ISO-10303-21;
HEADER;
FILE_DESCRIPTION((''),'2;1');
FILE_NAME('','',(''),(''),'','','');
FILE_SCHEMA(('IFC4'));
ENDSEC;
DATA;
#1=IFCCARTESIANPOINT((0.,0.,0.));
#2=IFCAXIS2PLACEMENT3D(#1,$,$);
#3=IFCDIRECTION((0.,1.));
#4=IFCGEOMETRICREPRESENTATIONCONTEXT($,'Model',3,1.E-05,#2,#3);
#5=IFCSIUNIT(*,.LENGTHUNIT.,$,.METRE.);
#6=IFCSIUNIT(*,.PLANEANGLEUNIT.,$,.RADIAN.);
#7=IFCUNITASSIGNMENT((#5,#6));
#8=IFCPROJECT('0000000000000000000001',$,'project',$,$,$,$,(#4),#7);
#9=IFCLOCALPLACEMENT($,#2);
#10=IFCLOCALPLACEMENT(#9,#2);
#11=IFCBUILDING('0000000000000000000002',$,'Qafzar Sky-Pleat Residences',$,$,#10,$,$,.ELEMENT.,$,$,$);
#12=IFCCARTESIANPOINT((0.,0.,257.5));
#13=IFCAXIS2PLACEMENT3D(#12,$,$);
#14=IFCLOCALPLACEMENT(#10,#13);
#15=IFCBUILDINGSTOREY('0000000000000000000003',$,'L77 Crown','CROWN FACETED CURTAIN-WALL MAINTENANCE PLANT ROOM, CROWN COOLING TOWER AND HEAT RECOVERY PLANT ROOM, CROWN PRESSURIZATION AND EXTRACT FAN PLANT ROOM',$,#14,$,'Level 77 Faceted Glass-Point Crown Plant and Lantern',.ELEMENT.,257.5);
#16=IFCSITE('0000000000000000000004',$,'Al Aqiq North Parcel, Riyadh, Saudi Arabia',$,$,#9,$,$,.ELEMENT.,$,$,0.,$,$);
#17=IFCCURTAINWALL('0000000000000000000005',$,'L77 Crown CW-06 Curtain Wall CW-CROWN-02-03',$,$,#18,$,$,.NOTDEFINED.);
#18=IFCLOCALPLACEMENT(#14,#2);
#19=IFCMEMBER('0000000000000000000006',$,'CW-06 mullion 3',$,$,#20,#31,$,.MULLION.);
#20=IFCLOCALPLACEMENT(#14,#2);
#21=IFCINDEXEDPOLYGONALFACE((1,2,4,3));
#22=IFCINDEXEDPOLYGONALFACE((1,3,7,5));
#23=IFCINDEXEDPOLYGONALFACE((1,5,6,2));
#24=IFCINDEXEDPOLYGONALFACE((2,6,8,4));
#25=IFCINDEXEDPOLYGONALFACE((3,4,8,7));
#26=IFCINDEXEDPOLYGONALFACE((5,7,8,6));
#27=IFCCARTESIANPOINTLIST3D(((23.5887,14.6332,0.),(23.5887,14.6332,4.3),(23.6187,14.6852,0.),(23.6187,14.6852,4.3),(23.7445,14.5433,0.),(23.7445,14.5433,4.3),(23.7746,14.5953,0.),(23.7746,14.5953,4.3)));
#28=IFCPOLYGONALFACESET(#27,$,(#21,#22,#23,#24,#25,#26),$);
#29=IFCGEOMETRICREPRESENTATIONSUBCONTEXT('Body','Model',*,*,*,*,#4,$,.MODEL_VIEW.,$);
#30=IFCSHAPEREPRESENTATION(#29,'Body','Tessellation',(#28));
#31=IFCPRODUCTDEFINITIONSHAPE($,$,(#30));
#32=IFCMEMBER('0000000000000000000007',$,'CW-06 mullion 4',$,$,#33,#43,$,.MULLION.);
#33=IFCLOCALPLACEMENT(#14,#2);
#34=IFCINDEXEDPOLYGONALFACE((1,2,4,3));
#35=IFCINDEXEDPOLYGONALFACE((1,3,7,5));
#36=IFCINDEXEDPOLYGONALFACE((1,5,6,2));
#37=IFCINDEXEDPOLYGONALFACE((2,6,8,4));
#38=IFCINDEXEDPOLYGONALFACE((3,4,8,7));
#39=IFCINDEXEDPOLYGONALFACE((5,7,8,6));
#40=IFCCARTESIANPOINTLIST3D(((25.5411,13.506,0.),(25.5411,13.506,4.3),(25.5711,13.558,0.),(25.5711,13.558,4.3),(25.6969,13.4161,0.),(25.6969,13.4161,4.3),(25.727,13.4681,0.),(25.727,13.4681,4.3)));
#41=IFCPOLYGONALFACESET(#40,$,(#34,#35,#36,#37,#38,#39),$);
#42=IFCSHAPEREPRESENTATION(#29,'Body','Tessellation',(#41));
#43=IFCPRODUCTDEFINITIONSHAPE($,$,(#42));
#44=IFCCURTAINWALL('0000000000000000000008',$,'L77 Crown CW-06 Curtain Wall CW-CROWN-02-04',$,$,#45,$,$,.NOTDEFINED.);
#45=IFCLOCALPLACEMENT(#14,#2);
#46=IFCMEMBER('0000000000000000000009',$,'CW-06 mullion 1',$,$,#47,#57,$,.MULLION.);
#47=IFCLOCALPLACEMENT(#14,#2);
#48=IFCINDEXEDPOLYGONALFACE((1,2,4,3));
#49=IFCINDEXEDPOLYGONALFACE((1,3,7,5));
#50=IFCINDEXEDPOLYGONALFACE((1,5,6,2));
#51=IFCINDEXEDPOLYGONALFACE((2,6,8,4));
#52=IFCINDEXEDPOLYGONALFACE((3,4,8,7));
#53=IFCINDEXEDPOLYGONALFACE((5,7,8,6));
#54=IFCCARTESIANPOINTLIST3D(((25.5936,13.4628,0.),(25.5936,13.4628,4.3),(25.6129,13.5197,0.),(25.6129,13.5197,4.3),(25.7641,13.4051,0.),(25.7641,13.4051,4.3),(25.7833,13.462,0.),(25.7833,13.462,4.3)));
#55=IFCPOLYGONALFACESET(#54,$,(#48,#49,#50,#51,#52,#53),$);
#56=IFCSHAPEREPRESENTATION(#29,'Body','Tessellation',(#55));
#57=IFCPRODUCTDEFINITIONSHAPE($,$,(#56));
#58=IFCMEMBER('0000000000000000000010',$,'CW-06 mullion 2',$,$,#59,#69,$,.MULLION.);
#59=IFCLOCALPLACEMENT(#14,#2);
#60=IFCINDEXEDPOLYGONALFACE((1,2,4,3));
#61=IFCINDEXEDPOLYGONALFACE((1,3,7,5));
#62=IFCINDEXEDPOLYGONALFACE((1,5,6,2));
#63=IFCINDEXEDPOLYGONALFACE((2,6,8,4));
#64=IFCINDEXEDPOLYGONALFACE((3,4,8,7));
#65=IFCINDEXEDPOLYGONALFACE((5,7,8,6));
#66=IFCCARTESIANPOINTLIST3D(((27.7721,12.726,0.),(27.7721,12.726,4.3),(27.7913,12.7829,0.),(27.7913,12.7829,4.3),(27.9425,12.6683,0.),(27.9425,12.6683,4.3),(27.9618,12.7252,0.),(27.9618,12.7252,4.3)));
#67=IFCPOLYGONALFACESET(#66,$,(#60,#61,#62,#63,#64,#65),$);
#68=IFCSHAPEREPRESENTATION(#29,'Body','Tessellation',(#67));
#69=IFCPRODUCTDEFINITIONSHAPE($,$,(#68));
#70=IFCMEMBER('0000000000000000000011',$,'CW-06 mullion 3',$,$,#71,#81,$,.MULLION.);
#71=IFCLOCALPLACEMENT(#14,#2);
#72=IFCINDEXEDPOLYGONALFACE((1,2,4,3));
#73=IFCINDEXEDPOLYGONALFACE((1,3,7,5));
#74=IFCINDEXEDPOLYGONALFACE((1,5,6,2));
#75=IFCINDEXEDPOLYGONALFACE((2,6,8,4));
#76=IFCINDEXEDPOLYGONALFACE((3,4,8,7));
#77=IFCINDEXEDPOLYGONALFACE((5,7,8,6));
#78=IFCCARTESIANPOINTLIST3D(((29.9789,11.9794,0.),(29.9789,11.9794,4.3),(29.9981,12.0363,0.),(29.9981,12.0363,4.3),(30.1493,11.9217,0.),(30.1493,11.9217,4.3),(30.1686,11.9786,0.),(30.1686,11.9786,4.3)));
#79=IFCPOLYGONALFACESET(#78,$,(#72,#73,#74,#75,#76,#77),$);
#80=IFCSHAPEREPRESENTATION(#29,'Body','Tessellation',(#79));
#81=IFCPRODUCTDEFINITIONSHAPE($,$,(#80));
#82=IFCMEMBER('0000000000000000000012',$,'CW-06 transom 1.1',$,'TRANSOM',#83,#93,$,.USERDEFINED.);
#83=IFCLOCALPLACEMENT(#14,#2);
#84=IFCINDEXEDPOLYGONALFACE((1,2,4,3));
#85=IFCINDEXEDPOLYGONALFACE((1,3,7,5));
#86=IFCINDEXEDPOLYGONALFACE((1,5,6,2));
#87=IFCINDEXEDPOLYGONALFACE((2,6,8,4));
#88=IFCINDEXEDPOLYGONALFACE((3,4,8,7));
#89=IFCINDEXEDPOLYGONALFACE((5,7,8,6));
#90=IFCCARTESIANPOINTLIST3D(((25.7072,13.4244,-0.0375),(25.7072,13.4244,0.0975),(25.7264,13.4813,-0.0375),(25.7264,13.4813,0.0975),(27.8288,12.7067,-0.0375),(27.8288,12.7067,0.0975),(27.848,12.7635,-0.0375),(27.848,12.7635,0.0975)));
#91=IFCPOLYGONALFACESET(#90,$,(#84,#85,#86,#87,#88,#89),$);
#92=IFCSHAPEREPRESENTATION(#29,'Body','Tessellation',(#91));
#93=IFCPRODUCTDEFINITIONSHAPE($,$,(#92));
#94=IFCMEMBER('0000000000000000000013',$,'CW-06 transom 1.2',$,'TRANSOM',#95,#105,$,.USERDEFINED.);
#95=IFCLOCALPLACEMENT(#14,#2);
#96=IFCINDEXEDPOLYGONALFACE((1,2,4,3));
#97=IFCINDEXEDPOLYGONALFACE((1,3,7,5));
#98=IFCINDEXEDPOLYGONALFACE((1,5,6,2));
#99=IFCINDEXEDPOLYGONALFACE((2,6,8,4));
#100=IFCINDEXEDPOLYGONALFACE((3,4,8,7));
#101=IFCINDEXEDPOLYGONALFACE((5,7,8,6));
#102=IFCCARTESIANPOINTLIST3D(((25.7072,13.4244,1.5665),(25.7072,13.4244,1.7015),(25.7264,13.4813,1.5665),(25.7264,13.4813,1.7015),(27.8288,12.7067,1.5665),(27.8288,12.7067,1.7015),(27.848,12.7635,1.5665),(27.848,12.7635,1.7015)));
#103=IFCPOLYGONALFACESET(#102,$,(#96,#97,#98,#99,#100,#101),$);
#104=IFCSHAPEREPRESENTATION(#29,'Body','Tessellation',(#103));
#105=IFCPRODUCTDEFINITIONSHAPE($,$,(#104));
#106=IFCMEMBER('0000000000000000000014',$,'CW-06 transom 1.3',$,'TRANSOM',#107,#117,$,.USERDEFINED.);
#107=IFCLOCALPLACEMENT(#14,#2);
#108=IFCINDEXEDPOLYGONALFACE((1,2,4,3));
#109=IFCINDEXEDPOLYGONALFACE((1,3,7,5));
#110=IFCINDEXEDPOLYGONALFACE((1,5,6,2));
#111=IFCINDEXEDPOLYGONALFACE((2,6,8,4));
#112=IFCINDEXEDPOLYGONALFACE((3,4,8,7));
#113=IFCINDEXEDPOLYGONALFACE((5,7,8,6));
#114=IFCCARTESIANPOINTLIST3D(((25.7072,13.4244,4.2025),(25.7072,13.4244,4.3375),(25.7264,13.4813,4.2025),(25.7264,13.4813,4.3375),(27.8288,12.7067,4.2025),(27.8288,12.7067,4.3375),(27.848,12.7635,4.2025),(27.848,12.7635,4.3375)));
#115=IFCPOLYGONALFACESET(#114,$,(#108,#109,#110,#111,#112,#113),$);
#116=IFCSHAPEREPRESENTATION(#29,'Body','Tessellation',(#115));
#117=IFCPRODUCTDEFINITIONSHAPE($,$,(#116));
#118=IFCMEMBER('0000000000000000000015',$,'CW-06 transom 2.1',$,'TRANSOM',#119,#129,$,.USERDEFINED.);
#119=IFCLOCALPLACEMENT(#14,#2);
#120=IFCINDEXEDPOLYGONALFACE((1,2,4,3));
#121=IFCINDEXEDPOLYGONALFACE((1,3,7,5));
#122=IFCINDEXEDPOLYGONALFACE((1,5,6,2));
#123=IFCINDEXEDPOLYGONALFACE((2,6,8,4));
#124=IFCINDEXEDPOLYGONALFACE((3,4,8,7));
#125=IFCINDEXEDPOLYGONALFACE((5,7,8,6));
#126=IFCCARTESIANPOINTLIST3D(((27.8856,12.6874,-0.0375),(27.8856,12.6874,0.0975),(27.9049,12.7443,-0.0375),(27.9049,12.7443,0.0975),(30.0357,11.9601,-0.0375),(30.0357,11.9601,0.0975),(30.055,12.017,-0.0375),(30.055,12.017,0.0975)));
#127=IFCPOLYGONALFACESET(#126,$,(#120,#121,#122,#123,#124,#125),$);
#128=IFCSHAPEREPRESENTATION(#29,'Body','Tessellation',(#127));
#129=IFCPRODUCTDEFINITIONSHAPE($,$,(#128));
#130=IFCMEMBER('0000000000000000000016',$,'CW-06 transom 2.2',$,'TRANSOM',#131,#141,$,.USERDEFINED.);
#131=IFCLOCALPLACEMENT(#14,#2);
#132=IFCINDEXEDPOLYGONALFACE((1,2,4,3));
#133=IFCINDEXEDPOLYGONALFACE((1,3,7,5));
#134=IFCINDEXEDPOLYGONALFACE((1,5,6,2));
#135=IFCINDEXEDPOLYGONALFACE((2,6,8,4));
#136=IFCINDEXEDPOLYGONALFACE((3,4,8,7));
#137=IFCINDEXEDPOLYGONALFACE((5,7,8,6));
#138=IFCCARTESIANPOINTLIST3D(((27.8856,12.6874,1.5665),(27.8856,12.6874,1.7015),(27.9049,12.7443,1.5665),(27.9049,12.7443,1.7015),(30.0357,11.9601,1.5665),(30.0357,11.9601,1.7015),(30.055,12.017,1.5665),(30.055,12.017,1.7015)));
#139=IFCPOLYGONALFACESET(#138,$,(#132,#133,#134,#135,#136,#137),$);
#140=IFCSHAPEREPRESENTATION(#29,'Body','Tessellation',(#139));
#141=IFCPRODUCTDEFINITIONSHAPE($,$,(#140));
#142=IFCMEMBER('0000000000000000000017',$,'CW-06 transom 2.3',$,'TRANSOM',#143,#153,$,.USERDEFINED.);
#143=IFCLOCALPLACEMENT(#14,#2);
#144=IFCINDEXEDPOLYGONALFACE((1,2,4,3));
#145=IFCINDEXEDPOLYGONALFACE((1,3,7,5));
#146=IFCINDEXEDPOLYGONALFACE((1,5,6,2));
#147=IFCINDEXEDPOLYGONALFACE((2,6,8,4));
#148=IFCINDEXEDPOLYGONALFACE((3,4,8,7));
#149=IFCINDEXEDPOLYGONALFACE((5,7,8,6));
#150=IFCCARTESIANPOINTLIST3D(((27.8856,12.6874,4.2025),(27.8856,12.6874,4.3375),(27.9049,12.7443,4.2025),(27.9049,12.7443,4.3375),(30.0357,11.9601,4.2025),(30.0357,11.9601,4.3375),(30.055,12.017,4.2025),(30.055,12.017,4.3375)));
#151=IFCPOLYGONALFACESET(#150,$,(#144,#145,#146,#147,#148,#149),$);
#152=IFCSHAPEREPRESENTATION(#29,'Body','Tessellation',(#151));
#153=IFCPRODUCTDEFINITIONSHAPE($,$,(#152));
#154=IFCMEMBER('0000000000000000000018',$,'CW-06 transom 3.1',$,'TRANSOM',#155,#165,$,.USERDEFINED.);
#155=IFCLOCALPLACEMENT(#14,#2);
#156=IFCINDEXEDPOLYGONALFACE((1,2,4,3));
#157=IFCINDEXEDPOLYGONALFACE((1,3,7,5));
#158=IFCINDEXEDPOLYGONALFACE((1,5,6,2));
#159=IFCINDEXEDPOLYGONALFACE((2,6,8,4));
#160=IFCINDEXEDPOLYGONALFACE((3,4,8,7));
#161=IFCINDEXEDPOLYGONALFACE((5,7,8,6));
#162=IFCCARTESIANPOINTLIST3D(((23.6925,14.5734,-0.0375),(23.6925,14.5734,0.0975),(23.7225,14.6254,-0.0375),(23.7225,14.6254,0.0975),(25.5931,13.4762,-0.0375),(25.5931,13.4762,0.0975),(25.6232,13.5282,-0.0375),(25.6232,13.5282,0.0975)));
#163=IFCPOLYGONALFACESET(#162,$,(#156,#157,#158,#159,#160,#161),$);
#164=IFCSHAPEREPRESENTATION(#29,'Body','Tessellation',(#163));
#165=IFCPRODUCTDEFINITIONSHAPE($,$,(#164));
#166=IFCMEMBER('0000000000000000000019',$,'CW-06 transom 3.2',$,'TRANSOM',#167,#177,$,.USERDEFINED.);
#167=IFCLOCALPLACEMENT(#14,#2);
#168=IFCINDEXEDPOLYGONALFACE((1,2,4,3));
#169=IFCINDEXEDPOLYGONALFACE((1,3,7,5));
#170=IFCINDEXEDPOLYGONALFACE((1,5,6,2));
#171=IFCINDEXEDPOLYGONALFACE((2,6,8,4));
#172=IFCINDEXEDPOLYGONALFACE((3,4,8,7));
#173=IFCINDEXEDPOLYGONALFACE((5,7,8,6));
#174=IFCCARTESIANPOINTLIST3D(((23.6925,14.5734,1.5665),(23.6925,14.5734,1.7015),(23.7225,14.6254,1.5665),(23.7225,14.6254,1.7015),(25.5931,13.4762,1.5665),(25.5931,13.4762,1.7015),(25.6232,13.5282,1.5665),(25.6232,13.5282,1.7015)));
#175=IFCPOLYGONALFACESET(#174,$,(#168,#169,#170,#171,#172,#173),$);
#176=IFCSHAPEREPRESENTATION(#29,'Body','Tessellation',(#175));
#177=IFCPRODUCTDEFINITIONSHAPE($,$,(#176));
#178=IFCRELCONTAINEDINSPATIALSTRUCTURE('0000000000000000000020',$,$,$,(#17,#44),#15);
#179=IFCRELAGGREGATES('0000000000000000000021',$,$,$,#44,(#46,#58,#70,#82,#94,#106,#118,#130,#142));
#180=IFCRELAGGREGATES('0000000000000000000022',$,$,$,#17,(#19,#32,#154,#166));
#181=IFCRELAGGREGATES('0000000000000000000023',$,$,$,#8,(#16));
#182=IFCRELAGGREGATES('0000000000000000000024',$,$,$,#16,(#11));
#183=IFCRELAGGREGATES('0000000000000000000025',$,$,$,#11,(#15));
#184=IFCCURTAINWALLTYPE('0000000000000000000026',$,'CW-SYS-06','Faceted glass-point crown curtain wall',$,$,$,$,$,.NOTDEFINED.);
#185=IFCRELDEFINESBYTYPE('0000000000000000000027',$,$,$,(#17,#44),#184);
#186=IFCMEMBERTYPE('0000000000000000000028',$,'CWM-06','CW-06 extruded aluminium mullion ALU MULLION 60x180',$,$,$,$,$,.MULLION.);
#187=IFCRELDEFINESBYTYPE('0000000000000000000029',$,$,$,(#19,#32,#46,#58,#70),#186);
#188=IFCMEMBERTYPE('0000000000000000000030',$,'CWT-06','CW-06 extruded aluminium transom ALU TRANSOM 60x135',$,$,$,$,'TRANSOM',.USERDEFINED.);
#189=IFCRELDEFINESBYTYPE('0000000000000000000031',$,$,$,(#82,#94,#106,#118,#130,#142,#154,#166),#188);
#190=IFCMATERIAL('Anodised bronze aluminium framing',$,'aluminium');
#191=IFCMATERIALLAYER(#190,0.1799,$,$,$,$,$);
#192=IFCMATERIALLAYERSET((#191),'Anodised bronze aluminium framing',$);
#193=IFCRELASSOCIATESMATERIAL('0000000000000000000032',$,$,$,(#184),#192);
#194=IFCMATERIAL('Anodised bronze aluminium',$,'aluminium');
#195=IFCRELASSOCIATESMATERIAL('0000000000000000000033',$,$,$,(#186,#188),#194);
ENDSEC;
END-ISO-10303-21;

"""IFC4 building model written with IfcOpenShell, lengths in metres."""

from ifc_helpers import new_model, si_unit, direction, frame, origin, origin_2d, place, context, subcontext, project, spatial, rectangle, extrude, source, transform, mapped, material, layer, layer_set, material_profile, profile_set, type_object, element, aggregate, save


model = new_model("IFC4")

# Units and contexts
model_context = context("Model", 3, precision=1e-05, world=origin(), true_north=direction((0.0, 1.0)))
body_context = subcontext(model_context, "Body", "Model", "MODEL_VIEW")
ifc_project = project(units=[si_unit("LENGTHUNIT", "METRE"), si_unit("PLANEANGLEUNIT", "RADIAN")], contexts=[model_context])

# Site, building, storey
site_placement = place(None, origin())
site = spatial("IfcSite", under=ifc_project, at=site_placement, Name="Al Aqiq North Parcel, Riyadh, Saudi Arabia", CompositionType="ELEMENT", RefElevation=0.0)
building_placement = place(site_placement, origin())
building = spatial("IfcBuilding", under=site, at=building_placement, Name="Qafzar Sky-Pleat Residences", CompositionType="ELEMENT")
storey_placement = place(building_placement, frame((0.0, 0.0, 257.5)))
storey = spatial("IfcBuildingStorey", under=building, at=storey_placement, Name="L77 Crown", Description="CROWN FACETED CURTAIN-WALL MAINTENANCE PLANT ROOM, CROWN COOLING TOWER AND HEAT RECOVERY PLANT ROOM, CROWN PRESSURIZATION AND EXTRACT FAN PLANT ROOM", LongName="Level 77 Faceted Glass-Point Crown Plant and Lantern", CompositionType="ELEMENT", Elevation=257.5)

# Curtain walls, members
ifc_material_1 = material(Name="Anodised bronze aluminium framing", Category="aluminium")
ifc_layer_1 = layer(ifc_material_1, 0.1799)
ifc_layer_set_1 = layer_set([ifc_layer_1], Name="Anodised bronze aluminium framing")
curtain_wall_type = type_object("IfcCurtainWallType", Name="CW-SYS-06", Description="Faceted glass-point crown curtain wall", PredefinedType="NOTDEFINED", material=ifc_layer_set_1)
curtain_wall_1_placement = place(storey_placement, origin())
curtain_wall_1 = element("IfcCurtainWall", 1, at=curtain_wall_1_placement, inside=storey, type_object=curtain_wall_type, Name="L77 Crown CW-06 Curtain Wall CW-CROWN-02-03", PredefinedType="NOTDEFINED")
ifc_material_2 = material(Name="Anodised bronze aluminium", Category="aluminium")
ifc_material_profile_1 = material_profile(ifc_material_2, rectangle(XDim=0.0601, YDim=0.1799, at=origin_2d()), Name="ALU MULLION 60x180")
ifc_profile_set_1 = profile_set([ifc_material_profile_1], Name="Anodised bronze aluminium")
member_type_1 = type_object("IfcMemberType", Name="CWM-06", Description="CW-06 extruded aluminium mullion ALU MULLION 60x180", PredefinedType="MULLION", material=ifc_profile_set_1)
shared_shape_1 = source(origin(), body_context, "Body", "SweptSolid", [
    extrude(rectangle(XDim=0.0601, YDim=0.1799, at=origin_2d()), origin(), (0.0, 0.0, 1.0), 4.3),
])
member_1_placement = place(storey_placement, frame((23.6816, 14.6143, 0.0), z_axis=(0.0, 0.0, 1.0), x_axis=(0.499999, 0.866026, 0.0)))
member_1 = element("IfcMember", 2, at=member_1_placement, type_object=member_type_1, Name="CW-06 mullion 3", PredefinedType="MULLION", context=body_context, shape_type="MappedRepresentation", body=[
    mapped(shared_shape_1, transform((0.0, 0.0, 0.0), x_axis=(1.0, 0.0, 0.0), y_axis=(0.0, 1.0, 0.0), z_axis=(0.0, 0.0, 1.0), scale=1.0)),
])
member_2_placement = place(storey_placement, frame((25.634, 13.4871, 0.0), z_axis=(0.0, 0.0, 1.0), x_axis=(0.499999, 0.866026, 0.0)))
member_2 = element("IfcMember", 3, at=member_2_placement, type_object=member_type_1, Name="CW-06 mullion 4", PredefinedType="MULLION", context=body_context, shape_type="MappedRepresentation", body=[
    mapped(shared_shape_1, transform((0.0, 0.0, 0.0), x_axis=(1.0, 0.0, 0.0), y_axis=(0.0, 1.0, 0.0), z_axis=(0.0, 0.0, 1.0), scale=1.0)),
])
curtain_wall_2_placement = place(storey_placement, origin())
curtain_wall_2 = element("IfcCurtainWall", 4, at=curtain_wall_2_placement, inside=storey, type_object=curtain_wall_type, Name="L77 Crown CW-06 Curtain Wall CW-CROWN-02-04", PredefinedType="NOTDEFINED")
member_3_placement = place(storey_placement, frame((25.6885, 13.4624, 0.0), z_axis=(0.0, 0.0, 1.0), x_axis=(0.320448, 0.947266, 0.0)))
member_3 = element("IfcMember", 5, at=member_3_placement, type_object=member_type_1, Name="CW-06 mullion 1", PredefinedType="MULLION", context=body_context, shape_type="MappedRepresentation", body=[
    mapped(shared_shape_1, transform((0.0, 0.0, 0.0), x_axis=(1.0, 0.0, 0.0), y_axis=(0.0, 1.0, 0.0), z_axis=(0.0, 0.0, 1.0), scale=1.0)),
])
member_4_placement = place(storey_placement, frame((27.8669, 12.7256, 0.0), z_axis=(0.0, 0.0, 1.0), x_axis=(0.320448, 0.947266, 0.0)))
member_4 = element("IfcMember", 6, at=member_4_placement, type_object=member_type_1, Name="CW-06 mullion 2", PredefinedType="MULLION", context=body_context, shape_type="MappedRepresentation", body=[
    mapped(shared_shape_1, transform((0.0, 0.0, 0.0), x_axis=(1.0, 0.0, 0.0), y_axis=(0.0, 1.0, 0.0), z_axis=(0.0, 0.0, 1.0), scale=1.0)),
])
member_5_placement = place(storey_placement, frame((30.0737, 11.979, 0.0), z_axis=(0.0, 0.0, 1.0), x_axis=(0.320448, 0.947266, 0.0)))
member_5 = element("IfcMember", 7, at=member_5_placement, type_object=member_type_1, Name="CW-06 mullion 3", PredefinedType="MULLION", context=body_context, shape_type="MappedRepresentation", body=[
    mapped(shared_shape_1, transform((0.0, 0.0, 0.0), x_axis=(1.0, 0.0, 0.0), y_axis=(0.0, 1.0, 0.0), z_axis=(0.0, 0.0, 1.0), scale=1.0)),
])
ifc_material_profile_2 = material_profile(ifc_material_2, rectangle(XDim=0.0601, YDim=0.135, at=origin_2d()), Name="ALU TRANSOM 60x135")
ifc_profile_set_2 = profile_set([ifc_material_profile_2], Name="Anodised bronze aluminium")
member_type_2 = type_object("IfcMemberType", Name="CWT-06", Description="CW-06 extruded aluminium transom ALU TRANSOM 60x135", ElementType="TRANSOM", PredefinedType="USERDEFINED", material=ifc_profile_set_2)
shared_shape_2 = source(origin(), body_context, "Body", "SweptSolid", [
    extrude(rectangle(XDim=0.0601, YDim=0.135, at=origin_2d()), origin(), (0.0, 0.0, 1.0), 2.2397),
])
member_6_placement = place(storey_placement, frame((25.7168, 13.4529, 0.03), z_axis=(0.947257, -0.320476, 0.0), x_axis=(0.320476, 0.947257, 0.0)))
member_6 = element("IfcMember", 8, at=member_6_placement, type_object=member_type_2, Name="CW-06 transom 1.1", ObjectType="TRANSOM", PredefinedType="USERDEFINED", context=body_context, shape_type="MappedRepresentation", body=[
    mapped(shared_shape_2, transform((0.0, 0.0, 0.0), x_axis=(1.0, 0.0, 0.0), y_axis=(0.0, 1.0, 0.0), z_axis=(0.0, 0.0, 1.0), scale=1.0)),
])
member_7_placement = place(storey_placement, frame((25.7168, 13.4529, 1.634), z_axis=(0.947257, -0.320476, 0.0), x_axis=(0.320476, 0.947257, 0.0)))
member_7 = element("IfcMember", 9, at=member_7_placement, type_object=member_type_2, Name="CW-06 transom 1.2", ObjectType="TRANSOM", PredefinedType="USERDEFINED", context=body_context, shape_type="MappedRepresentation", body=[
    mapped(shared_shape_2, transform((0.0, 0.0, 0.0), x_axis=(1.0, 0.0, 0.0), y_axis=(0.0, 1.0, 0.0), z_axis=(0.0, 0.0, 1.0), scale=1.0)),
])
member_8_placement = place(storey_placement, frame((25.7168, 13.4529, 4.27), z_axis=(0.947257, -0.320476, 0.0), x_axis=(0.320476, 0.947257, 0.0)))
member_8 = element("IfcMember", 10, at=member_8_placement, type_object=member_type_2, Name="CW-06 transom 1.3", ObjectType="TRANSOM", PredefinedType="USERDEFINED", context=body_context, shape_type="MappedRepresentation", body=[
    mapped(shared_shape_2, transform((0.0, 0.0, 0.0), x_axis=(1.0, 0.0, 0.0), y_axis=(0.0, 1.0, 0.0), z_axis=(0.0, 0.0, 1.0), scale=1.0)),
])
shared_shape_3 = source(origin(), body_context, "Body", "SweptSolid", [
    extrude(rectangle(XDim=0.0601, YDim=0.135, at=origin_2d()), origin(), (0.0, 0.0, 1.0), 2.2698),
])
member_9_placement = place(storey_placement, frame((27.8953, 12.7158, 0.03), z_axis=(0.947276, -0.320419, 0.0), x_axis=(0.320419, 0.947276, 0.0)))
member_9 = element("IfcMember", 11, at=member_9_placement, type_object=member_type_2, Name="CW-06 transom 2.1", ObjectType="TRANSOM", PredefinedType="USERDEFINED", context=body_context, shape_type="MappedRepresentation", body=[
    mapped(shared_shape_3, transform((0.0, 0.0, 0.0), x_axis=(1.0, 0.0, 0.0), y_axis=(0.0, 1.0, 0.0), z_axis=(0.0, 0.0, 1.0), scale=1.0)),
])
member_10_placement = place(storey_placement, frame((27.8953, 12.7158, 1.634), z_axis=(0.947276, -0.320419, 0.0), x_axis=(0.320419, 0.947276, 0.0)))
member_10 = element("IfcMember", 12, at=member_10_placement, type_object=member_type_2, Name="CW-06 transom 2.2", ObjectType="TRANSOM", PredefinedType="USERDEFINED", context=body_context, shape_type="MappedRepresentation", body=[
    mapped(shared_shape_3, transform((0.0, 0.0, 0.0), x_axis=(1.0, 0.0, 0.0), y_axis=(0.0, 1.0, 0.0), z_axis=(0.0, 0.0, 1.0), scale=1.0)),
])
member_11_placement = place(storey_placement, frame((27.8953, 12.7158, 4.27), z_axis=(0.947276, -0.320419, 0.0), x_axis=(0.320419, 0.947276, 0.0)))
member_11 = element("IfcMember", 13, at=member_11_placement, type_object=member_type_2, Name="CW-06 transom 2.3", ObjectType="TRANSOM", PredefinedType="USERDEFINED", context=body_context, shape_type="MappedRepresentation", body=[
    mapped(shared_shape_3, transform((0.0, 0.0, 0.0), x_axis=(1.0, 0.0, 0.0), y_axis=(0.0, 1.0, 0.0), z_axis=(0.0, 0.0, 1.0), scale=1.0)),
])

# Members
shared_shape_4 = source(origin(), body_context, "Body", "SweptSolid", [
    extrude(rectangle(XDim=0.0601, YDim=0.135, at=origin_2d()), origin(), (0.0, 0.0, 1.0), 2.1946),
])
member_12_placement = place(storey_placement, frame((23.7075, 14.5994, 0.03), z_axis=(0.866058, -0.499944, 0.0), x_axis=(0.499944, 0.866058, 0.0)))
member_12 = element("IfcMember", 14, at=member_12_placement, type_object=member_type_2, Name="CW-06 transom 3.1", ObjectType="TRANSOM", PredefinedType="USERDEFINED", context=body_context, shape_type="MappedRepresentation", body=[
    mapped(shared_shape_4, transform((0.0, 0.0, 0.0), x_axis=(1.0, 0.0, 0.0), y_axis=(0.0, 1.0, 0.0), z_axis=(0.0, 0.0, 1.0), scale=1.0)),
])
member_13_placement = place(storey_placement, frame((23.7075, 14.5994, 1.634), z_axis=(0.866058, -0.499944, 0.0), x_axis=(0.499944, 0.866058, 0.0)))
member_13 = element("IfcMember", 15, at=member_13_placement, type_object=member_type_2, Name="CW-06 transom 3.2", ObjectType="TRANSOM", PredefinedType="USERDEFINED", context=body_context, shape_type="MappedRepresentation", body=[
    mapped(shared_shape_4, transform((0.0, 0.0, 0.0), x_axis=(1.0, 0.0, 0.0), y_axis=(0.0, 1.0, 0.0), z_axis=(0.0, 0.0, 1.0), scale=1.0)),
])

aggregate(curtain_wall_2, [member_3, member_4, member_5, member_6, member_7, member_8, member_9, member_10, member_11])
aggregate(curtain_wall_1, [member_1, member_2, member_12, member_13])

save(model, "model.ifc")
